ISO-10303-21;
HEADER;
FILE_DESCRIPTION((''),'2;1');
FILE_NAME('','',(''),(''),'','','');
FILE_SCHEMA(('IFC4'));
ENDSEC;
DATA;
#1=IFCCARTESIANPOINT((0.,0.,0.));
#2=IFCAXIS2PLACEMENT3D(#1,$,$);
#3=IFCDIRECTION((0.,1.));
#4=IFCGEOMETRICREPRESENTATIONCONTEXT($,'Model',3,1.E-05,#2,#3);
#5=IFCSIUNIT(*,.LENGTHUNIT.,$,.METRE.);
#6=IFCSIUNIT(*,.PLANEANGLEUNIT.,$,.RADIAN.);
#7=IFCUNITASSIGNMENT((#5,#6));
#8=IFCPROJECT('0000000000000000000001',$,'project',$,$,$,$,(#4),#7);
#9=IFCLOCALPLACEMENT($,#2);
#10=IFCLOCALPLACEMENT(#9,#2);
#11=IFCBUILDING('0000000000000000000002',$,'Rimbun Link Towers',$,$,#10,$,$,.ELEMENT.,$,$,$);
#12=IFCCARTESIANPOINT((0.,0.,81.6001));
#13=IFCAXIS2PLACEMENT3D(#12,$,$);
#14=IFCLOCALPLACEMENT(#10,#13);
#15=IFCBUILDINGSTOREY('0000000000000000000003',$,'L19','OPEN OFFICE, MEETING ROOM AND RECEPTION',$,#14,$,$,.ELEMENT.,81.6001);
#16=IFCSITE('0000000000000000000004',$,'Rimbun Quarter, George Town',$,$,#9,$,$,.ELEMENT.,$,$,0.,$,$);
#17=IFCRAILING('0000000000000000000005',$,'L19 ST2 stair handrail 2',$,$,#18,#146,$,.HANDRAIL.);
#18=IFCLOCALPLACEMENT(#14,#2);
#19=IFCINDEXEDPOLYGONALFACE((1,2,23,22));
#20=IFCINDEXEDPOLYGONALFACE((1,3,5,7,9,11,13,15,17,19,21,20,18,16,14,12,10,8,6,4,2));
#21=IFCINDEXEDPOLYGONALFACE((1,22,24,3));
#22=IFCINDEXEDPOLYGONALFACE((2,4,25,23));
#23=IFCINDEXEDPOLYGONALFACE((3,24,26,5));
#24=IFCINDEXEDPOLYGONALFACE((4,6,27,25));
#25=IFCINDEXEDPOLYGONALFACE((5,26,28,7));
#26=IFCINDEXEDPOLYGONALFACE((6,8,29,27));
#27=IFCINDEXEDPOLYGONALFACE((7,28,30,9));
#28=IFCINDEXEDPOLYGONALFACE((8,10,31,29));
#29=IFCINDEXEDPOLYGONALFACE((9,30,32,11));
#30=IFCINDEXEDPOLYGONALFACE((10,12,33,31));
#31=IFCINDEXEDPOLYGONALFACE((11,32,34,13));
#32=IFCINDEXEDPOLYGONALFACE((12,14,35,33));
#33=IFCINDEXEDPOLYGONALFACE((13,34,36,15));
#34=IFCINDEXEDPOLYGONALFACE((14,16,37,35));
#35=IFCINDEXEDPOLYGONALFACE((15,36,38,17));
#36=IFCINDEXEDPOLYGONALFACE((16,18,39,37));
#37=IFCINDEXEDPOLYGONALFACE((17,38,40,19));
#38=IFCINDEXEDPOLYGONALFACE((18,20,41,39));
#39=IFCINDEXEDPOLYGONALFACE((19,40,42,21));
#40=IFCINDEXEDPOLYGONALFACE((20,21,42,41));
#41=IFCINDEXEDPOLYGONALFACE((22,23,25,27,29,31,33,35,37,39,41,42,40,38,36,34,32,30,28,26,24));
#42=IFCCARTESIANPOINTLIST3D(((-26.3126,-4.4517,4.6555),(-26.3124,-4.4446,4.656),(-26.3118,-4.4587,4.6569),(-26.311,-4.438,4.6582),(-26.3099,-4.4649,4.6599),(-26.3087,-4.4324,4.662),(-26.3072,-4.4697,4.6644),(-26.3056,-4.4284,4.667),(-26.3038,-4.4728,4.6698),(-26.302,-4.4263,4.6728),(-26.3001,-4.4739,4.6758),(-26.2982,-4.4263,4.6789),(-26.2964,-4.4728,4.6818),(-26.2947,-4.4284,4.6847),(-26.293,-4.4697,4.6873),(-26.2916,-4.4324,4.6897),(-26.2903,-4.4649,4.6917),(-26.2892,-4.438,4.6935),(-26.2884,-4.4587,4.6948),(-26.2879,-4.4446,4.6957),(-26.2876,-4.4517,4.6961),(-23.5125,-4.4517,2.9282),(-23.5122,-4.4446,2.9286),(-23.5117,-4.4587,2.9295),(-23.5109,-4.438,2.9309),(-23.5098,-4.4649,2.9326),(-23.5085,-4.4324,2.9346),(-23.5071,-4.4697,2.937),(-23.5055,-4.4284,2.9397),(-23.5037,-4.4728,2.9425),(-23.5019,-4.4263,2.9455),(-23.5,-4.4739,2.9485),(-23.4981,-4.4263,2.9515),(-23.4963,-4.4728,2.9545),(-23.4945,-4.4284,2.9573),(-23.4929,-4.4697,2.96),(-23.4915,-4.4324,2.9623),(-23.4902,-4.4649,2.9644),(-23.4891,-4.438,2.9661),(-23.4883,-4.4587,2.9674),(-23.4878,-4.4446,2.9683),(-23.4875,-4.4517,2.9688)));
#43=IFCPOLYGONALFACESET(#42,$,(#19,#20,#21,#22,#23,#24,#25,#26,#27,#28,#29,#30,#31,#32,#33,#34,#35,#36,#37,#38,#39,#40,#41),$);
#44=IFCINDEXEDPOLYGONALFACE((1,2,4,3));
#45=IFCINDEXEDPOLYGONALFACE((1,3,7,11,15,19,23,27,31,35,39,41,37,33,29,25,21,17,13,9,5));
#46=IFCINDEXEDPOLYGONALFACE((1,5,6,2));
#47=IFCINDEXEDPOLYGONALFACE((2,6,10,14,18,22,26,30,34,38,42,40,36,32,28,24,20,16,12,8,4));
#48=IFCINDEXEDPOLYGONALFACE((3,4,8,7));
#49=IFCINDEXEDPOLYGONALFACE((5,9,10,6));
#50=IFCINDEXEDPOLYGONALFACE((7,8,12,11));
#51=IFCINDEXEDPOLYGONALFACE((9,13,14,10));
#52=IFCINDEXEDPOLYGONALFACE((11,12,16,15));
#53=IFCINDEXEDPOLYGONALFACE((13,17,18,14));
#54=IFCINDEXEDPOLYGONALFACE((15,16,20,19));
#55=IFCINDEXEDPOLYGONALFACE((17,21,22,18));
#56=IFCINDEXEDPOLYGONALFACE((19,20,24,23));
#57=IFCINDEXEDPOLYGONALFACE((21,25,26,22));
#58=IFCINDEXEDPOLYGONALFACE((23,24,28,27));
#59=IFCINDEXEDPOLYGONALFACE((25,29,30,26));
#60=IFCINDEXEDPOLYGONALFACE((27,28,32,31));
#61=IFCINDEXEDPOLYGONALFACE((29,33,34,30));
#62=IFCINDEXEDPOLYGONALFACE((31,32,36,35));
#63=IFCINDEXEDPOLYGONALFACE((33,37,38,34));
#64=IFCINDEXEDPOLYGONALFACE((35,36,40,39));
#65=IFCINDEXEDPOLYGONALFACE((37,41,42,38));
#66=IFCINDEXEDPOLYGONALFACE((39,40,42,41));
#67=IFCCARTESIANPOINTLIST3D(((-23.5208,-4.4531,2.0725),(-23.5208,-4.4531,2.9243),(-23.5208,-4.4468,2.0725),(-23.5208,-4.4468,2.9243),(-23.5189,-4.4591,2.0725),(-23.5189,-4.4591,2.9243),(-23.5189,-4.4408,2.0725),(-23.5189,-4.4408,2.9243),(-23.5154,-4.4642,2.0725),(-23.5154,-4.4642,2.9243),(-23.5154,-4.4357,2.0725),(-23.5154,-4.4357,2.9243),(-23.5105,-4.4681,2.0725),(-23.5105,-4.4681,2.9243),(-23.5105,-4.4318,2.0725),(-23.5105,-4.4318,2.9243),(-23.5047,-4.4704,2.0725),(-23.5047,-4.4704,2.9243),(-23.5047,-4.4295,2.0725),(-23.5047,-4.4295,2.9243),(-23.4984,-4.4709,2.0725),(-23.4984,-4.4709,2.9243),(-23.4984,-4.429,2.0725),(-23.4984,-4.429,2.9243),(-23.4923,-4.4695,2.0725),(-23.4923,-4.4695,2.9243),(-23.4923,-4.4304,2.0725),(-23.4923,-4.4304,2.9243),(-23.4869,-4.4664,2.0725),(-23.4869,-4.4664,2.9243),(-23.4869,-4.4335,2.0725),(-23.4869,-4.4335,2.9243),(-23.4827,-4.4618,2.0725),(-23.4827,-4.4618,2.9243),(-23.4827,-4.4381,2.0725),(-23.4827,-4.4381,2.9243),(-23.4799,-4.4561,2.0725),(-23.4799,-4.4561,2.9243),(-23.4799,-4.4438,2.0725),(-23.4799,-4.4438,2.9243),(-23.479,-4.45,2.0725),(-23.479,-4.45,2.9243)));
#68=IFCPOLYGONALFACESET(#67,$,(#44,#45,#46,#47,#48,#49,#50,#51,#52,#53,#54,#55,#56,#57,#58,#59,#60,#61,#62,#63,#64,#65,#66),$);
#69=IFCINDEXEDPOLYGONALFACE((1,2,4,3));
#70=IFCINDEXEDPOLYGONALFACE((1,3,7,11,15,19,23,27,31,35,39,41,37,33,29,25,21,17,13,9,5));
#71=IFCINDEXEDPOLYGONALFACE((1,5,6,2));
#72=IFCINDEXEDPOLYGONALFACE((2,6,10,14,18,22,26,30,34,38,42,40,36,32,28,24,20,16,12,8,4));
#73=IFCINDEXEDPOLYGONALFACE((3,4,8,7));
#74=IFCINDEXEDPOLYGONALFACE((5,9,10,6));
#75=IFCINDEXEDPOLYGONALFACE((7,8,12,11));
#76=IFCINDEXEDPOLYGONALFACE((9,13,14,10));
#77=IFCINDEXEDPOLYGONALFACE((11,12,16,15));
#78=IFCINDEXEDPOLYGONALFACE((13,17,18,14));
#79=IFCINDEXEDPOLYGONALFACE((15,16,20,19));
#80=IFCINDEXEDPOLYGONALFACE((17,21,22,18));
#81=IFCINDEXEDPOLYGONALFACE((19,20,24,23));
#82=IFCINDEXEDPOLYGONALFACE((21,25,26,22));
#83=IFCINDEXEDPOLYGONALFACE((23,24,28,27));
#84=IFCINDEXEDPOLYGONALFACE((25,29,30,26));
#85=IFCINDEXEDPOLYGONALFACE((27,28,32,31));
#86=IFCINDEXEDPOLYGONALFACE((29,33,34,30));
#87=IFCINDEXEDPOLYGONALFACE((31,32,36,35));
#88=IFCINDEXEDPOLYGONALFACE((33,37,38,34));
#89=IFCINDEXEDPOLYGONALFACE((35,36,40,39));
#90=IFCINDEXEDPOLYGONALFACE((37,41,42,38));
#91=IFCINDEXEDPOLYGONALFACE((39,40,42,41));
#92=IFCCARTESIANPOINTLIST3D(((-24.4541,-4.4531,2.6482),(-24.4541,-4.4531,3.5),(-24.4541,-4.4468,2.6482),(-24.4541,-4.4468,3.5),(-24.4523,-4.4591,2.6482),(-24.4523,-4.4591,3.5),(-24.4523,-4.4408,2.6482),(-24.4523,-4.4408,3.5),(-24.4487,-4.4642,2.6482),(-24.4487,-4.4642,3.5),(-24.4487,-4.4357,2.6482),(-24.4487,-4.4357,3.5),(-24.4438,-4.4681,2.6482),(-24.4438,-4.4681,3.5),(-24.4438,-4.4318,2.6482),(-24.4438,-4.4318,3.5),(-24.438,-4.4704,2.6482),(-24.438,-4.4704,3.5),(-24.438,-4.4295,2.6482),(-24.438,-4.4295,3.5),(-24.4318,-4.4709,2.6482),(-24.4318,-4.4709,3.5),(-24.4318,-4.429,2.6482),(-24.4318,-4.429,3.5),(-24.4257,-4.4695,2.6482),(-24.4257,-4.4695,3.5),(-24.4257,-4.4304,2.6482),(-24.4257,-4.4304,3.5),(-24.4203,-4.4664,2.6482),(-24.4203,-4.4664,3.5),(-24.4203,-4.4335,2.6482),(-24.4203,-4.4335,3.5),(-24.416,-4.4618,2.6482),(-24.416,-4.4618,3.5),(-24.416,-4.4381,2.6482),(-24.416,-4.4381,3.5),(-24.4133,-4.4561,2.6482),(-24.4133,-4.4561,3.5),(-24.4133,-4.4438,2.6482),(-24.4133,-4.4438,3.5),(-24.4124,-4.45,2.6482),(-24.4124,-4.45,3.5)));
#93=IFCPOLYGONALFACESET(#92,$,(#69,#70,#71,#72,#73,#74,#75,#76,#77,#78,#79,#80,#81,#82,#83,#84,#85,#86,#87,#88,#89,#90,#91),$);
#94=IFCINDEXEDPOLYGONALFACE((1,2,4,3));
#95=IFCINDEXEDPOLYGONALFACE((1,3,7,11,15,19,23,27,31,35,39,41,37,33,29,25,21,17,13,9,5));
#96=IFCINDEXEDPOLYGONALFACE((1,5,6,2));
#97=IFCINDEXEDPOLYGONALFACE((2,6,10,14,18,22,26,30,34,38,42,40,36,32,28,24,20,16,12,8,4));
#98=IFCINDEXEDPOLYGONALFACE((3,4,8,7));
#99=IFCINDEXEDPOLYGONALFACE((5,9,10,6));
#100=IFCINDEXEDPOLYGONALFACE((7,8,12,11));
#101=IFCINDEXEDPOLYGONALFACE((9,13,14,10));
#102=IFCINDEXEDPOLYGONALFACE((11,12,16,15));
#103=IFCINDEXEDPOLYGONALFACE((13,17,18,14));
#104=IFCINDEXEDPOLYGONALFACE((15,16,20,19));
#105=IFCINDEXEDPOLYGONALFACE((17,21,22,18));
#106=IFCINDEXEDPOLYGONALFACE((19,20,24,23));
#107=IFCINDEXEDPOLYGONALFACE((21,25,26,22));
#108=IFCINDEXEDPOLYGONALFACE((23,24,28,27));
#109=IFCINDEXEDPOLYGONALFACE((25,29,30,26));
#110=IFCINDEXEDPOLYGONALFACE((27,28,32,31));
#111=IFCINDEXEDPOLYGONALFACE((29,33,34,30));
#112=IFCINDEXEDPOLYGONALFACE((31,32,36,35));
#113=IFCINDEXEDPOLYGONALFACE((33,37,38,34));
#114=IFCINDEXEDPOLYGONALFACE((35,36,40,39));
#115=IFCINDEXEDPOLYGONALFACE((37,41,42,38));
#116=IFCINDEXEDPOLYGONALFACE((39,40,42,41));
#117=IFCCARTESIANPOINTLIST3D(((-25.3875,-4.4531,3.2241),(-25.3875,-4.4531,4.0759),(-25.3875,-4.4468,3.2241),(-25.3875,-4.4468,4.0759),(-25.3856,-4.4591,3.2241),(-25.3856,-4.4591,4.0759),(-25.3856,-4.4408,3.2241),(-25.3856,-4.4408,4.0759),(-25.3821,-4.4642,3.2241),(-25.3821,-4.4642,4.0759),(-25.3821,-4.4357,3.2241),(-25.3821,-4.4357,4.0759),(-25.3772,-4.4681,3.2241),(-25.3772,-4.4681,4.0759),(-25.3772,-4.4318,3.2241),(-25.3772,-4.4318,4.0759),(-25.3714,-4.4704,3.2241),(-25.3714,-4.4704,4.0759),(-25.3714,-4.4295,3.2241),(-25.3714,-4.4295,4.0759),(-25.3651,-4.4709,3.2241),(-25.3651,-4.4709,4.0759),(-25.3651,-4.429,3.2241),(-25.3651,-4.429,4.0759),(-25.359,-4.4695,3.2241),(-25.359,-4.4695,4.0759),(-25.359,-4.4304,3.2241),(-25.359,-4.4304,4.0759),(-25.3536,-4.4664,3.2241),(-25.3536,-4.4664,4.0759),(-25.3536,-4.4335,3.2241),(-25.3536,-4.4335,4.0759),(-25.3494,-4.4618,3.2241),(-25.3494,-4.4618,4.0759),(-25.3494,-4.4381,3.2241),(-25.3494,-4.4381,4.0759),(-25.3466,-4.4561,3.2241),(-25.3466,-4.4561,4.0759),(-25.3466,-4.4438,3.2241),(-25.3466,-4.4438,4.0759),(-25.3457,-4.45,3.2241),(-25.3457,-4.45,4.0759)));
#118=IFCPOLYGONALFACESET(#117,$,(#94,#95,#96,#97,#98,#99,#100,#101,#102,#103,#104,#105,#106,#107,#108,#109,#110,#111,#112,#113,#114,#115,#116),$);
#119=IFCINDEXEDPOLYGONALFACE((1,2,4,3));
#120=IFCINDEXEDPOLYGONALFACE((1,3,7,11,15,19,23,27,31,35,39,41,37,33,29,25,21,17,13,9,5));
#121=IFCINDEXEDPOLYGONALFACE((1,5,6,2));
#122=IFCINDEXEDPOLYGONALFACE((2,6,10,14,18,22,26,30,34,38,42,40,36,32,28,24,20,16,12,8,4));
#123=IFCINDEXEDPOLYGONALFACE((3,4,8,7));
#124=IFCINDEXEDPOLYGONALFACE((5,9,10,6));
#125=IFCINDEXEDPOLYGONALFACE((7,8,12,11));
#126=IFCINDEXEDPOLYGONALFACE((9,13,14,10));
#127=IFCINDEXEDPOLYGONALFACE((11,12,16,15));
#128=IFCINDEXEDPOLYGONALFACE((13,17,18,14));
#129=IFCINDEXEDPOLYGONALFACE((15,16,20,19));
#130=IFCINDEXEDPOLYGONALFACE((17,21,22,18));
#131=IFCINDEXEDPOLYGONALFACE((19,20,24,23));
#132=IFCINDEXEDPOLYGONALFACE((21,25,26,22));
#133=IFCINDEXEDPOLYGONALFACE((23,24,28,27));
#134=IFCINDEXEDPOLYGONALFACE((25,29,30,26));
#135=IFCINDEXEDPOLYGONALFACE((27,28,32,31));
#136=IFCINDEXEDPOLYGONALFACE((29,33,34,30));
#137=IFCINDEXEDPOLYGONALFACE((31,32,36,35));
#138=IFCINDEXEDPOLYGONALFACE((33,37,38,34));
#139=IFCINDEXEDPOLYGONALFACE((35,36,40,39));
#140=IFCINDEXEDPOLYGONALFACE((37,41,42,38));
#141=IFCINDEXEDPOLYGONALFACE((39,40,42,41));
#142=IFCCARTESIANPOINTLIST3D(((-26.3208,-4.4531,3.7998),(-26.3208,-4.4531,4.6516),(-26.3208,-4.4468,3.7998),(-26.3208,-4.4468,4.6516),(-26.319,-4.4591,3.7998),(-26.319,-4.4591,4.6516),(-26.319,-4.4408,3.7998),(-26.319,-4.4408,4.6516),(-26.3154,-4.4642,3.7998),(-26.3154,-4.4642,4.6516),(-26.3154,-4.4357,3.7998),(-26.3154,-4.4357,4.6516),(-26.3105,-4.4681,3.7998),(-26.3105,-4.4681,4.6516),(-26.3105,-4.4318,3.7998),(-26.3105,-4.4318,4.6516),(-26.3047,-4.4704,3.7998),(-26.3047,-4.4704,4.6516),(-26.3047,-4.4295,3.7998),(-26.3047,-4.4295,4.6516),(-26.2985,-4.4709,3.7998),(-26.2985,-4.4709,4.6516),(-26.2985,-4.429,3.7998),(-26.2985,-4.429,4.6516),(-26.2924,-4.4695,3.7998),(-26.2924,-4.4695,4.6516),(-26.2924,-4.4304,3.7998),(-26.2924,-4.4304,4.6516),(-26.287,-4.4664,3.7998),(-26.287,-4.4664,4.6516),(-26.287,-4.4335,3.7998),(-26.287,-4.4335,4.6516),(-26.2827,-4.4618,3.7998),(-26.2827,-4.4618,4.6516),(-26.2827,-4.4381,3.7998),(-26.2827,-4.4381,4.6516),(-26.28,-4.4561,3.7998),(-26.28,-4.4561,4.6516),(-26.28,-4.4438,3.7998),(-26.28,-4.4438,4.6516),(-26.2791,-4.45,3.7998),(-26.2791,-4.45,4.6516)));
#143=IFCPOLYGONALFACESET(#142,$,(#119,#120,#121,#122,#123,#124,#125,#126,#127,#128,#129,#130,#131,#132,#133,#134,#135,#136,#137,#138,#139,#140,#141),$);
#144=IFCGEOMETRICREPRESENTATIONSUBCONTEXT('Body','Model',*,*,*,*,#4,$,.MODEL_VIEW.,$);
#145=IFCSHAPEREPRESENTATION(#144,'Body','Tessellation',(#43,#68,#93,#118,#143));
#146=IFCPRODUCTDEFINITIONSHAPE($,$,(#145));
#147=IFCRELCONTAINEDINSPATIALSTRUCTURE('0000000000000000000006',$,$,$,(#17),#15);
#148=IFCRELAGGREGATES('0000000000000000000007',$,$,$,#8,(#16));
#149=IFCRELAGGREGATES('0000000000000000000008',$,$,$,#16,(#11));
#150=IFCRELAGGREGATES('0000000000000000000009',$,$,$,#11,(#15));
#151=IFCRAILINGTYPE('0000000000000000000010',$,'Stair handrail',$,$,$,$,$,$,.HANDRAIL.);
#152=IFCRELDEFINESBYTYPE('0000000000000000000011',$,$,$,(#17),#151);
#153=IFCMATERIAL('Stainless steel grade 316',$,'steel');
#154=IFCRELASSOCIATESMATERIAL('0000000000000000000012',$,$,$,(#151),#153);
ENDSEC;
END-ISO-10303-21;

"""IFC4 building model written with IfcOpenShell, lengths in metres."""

from ifc_helpers import new_model, si_unit, direction, frame, origin, origin_2d, place, context, subcontext, project, spatial, circle, extrude, material, type_object, element, save


model = new_model("IFC4")

# Units and contexts
model_context = context("Model", 3, precision=1e-05, world=origin(), true_north=direction((0.0, 1.0)))
body_context = subcontext(model_context, "Body", "Model", "MODEL_VIEW")
ifc_project = project(units=[si_unit("LENGTHUNIT", "METRE"), si_unit("PLANEANGLEUNIT", "RADIAN")], contexts=[model_context])

# Site, building, storey
site_placement = place(None, origin())
site = spatial("IfcSite", under=ifc_project, at=site_placement, Name="Rimbun Quarter, George Town", CompositionType="ELEMENT", RefElevation=0.0)
building_placement = place(site_placement, origin())
building = spatial("IfcBuilding", under=site, at=building_placement, Name="Rimbun Link Towers", CompositionType="ELEMENT")
storey_placement = place(building_placement, frame((0.0, 0.0, 81.6001)))
storey = spatial("IfcBuildingStorey", under=building, at=storey_placement, Name="L19", Description="OPEN OFFICE, MEETING ROOM AND RECEPTION", CompositionType="ELEMENT", Elevation=81.6001)

# Railing
ifc_material_1 = material(Name="Stainless steel grade 316", Category="steel")
railing_type_1 = type_object("IfcRailingType", Name="Stair handrail", PredefinedType="HANDRAIL", material=ifc_material_1)
railing_1_placement = place(storey_placement, frame((-23.5, -4.45, 2.0725)))
element("IfcRailing", 1, at=railing_1_placement, inside=storey, type_object=railing_type_1, Name="L19 ST2 stair handrail 2", PredefinedType="HANDRAIL", context=body_context, shape_type="SweptSolid", body=[
    extrude(circle(Radius=0.0239, at=origin_2d()), frame((0.0, 0.0, 0.876), z_axis=(-0.85109, 0.0, 0.52502), x_axis=(0.0, -1.0, 0.0)), (0.0, 0.0, 1.0), 3.29),
    extrude(circle(Radius=0.021, at=origin_2d()), origin(), (0.0, 0.0, 1.0), 0.8518),
    extrude(circle(Radius=0.021, at=origin_2d()), frame((-0.9333, 0.0, 0.5757)), (0.0, 0.0, 1.0), 0.8518),
    extrude(circle(Radius=0.021, at=origin_2d()), frame((-1.8667, 0.0, 1.1516)), (0.0, 0.0, 1.0), 0.8518),
    extrude(circle(Radius=0.021, at=origin_2d()), frame((-2.8, 0.0, 1.7273)), (0.0, 0.0, 1.0), 0.8518),
])

save(model, "model.ifc")
